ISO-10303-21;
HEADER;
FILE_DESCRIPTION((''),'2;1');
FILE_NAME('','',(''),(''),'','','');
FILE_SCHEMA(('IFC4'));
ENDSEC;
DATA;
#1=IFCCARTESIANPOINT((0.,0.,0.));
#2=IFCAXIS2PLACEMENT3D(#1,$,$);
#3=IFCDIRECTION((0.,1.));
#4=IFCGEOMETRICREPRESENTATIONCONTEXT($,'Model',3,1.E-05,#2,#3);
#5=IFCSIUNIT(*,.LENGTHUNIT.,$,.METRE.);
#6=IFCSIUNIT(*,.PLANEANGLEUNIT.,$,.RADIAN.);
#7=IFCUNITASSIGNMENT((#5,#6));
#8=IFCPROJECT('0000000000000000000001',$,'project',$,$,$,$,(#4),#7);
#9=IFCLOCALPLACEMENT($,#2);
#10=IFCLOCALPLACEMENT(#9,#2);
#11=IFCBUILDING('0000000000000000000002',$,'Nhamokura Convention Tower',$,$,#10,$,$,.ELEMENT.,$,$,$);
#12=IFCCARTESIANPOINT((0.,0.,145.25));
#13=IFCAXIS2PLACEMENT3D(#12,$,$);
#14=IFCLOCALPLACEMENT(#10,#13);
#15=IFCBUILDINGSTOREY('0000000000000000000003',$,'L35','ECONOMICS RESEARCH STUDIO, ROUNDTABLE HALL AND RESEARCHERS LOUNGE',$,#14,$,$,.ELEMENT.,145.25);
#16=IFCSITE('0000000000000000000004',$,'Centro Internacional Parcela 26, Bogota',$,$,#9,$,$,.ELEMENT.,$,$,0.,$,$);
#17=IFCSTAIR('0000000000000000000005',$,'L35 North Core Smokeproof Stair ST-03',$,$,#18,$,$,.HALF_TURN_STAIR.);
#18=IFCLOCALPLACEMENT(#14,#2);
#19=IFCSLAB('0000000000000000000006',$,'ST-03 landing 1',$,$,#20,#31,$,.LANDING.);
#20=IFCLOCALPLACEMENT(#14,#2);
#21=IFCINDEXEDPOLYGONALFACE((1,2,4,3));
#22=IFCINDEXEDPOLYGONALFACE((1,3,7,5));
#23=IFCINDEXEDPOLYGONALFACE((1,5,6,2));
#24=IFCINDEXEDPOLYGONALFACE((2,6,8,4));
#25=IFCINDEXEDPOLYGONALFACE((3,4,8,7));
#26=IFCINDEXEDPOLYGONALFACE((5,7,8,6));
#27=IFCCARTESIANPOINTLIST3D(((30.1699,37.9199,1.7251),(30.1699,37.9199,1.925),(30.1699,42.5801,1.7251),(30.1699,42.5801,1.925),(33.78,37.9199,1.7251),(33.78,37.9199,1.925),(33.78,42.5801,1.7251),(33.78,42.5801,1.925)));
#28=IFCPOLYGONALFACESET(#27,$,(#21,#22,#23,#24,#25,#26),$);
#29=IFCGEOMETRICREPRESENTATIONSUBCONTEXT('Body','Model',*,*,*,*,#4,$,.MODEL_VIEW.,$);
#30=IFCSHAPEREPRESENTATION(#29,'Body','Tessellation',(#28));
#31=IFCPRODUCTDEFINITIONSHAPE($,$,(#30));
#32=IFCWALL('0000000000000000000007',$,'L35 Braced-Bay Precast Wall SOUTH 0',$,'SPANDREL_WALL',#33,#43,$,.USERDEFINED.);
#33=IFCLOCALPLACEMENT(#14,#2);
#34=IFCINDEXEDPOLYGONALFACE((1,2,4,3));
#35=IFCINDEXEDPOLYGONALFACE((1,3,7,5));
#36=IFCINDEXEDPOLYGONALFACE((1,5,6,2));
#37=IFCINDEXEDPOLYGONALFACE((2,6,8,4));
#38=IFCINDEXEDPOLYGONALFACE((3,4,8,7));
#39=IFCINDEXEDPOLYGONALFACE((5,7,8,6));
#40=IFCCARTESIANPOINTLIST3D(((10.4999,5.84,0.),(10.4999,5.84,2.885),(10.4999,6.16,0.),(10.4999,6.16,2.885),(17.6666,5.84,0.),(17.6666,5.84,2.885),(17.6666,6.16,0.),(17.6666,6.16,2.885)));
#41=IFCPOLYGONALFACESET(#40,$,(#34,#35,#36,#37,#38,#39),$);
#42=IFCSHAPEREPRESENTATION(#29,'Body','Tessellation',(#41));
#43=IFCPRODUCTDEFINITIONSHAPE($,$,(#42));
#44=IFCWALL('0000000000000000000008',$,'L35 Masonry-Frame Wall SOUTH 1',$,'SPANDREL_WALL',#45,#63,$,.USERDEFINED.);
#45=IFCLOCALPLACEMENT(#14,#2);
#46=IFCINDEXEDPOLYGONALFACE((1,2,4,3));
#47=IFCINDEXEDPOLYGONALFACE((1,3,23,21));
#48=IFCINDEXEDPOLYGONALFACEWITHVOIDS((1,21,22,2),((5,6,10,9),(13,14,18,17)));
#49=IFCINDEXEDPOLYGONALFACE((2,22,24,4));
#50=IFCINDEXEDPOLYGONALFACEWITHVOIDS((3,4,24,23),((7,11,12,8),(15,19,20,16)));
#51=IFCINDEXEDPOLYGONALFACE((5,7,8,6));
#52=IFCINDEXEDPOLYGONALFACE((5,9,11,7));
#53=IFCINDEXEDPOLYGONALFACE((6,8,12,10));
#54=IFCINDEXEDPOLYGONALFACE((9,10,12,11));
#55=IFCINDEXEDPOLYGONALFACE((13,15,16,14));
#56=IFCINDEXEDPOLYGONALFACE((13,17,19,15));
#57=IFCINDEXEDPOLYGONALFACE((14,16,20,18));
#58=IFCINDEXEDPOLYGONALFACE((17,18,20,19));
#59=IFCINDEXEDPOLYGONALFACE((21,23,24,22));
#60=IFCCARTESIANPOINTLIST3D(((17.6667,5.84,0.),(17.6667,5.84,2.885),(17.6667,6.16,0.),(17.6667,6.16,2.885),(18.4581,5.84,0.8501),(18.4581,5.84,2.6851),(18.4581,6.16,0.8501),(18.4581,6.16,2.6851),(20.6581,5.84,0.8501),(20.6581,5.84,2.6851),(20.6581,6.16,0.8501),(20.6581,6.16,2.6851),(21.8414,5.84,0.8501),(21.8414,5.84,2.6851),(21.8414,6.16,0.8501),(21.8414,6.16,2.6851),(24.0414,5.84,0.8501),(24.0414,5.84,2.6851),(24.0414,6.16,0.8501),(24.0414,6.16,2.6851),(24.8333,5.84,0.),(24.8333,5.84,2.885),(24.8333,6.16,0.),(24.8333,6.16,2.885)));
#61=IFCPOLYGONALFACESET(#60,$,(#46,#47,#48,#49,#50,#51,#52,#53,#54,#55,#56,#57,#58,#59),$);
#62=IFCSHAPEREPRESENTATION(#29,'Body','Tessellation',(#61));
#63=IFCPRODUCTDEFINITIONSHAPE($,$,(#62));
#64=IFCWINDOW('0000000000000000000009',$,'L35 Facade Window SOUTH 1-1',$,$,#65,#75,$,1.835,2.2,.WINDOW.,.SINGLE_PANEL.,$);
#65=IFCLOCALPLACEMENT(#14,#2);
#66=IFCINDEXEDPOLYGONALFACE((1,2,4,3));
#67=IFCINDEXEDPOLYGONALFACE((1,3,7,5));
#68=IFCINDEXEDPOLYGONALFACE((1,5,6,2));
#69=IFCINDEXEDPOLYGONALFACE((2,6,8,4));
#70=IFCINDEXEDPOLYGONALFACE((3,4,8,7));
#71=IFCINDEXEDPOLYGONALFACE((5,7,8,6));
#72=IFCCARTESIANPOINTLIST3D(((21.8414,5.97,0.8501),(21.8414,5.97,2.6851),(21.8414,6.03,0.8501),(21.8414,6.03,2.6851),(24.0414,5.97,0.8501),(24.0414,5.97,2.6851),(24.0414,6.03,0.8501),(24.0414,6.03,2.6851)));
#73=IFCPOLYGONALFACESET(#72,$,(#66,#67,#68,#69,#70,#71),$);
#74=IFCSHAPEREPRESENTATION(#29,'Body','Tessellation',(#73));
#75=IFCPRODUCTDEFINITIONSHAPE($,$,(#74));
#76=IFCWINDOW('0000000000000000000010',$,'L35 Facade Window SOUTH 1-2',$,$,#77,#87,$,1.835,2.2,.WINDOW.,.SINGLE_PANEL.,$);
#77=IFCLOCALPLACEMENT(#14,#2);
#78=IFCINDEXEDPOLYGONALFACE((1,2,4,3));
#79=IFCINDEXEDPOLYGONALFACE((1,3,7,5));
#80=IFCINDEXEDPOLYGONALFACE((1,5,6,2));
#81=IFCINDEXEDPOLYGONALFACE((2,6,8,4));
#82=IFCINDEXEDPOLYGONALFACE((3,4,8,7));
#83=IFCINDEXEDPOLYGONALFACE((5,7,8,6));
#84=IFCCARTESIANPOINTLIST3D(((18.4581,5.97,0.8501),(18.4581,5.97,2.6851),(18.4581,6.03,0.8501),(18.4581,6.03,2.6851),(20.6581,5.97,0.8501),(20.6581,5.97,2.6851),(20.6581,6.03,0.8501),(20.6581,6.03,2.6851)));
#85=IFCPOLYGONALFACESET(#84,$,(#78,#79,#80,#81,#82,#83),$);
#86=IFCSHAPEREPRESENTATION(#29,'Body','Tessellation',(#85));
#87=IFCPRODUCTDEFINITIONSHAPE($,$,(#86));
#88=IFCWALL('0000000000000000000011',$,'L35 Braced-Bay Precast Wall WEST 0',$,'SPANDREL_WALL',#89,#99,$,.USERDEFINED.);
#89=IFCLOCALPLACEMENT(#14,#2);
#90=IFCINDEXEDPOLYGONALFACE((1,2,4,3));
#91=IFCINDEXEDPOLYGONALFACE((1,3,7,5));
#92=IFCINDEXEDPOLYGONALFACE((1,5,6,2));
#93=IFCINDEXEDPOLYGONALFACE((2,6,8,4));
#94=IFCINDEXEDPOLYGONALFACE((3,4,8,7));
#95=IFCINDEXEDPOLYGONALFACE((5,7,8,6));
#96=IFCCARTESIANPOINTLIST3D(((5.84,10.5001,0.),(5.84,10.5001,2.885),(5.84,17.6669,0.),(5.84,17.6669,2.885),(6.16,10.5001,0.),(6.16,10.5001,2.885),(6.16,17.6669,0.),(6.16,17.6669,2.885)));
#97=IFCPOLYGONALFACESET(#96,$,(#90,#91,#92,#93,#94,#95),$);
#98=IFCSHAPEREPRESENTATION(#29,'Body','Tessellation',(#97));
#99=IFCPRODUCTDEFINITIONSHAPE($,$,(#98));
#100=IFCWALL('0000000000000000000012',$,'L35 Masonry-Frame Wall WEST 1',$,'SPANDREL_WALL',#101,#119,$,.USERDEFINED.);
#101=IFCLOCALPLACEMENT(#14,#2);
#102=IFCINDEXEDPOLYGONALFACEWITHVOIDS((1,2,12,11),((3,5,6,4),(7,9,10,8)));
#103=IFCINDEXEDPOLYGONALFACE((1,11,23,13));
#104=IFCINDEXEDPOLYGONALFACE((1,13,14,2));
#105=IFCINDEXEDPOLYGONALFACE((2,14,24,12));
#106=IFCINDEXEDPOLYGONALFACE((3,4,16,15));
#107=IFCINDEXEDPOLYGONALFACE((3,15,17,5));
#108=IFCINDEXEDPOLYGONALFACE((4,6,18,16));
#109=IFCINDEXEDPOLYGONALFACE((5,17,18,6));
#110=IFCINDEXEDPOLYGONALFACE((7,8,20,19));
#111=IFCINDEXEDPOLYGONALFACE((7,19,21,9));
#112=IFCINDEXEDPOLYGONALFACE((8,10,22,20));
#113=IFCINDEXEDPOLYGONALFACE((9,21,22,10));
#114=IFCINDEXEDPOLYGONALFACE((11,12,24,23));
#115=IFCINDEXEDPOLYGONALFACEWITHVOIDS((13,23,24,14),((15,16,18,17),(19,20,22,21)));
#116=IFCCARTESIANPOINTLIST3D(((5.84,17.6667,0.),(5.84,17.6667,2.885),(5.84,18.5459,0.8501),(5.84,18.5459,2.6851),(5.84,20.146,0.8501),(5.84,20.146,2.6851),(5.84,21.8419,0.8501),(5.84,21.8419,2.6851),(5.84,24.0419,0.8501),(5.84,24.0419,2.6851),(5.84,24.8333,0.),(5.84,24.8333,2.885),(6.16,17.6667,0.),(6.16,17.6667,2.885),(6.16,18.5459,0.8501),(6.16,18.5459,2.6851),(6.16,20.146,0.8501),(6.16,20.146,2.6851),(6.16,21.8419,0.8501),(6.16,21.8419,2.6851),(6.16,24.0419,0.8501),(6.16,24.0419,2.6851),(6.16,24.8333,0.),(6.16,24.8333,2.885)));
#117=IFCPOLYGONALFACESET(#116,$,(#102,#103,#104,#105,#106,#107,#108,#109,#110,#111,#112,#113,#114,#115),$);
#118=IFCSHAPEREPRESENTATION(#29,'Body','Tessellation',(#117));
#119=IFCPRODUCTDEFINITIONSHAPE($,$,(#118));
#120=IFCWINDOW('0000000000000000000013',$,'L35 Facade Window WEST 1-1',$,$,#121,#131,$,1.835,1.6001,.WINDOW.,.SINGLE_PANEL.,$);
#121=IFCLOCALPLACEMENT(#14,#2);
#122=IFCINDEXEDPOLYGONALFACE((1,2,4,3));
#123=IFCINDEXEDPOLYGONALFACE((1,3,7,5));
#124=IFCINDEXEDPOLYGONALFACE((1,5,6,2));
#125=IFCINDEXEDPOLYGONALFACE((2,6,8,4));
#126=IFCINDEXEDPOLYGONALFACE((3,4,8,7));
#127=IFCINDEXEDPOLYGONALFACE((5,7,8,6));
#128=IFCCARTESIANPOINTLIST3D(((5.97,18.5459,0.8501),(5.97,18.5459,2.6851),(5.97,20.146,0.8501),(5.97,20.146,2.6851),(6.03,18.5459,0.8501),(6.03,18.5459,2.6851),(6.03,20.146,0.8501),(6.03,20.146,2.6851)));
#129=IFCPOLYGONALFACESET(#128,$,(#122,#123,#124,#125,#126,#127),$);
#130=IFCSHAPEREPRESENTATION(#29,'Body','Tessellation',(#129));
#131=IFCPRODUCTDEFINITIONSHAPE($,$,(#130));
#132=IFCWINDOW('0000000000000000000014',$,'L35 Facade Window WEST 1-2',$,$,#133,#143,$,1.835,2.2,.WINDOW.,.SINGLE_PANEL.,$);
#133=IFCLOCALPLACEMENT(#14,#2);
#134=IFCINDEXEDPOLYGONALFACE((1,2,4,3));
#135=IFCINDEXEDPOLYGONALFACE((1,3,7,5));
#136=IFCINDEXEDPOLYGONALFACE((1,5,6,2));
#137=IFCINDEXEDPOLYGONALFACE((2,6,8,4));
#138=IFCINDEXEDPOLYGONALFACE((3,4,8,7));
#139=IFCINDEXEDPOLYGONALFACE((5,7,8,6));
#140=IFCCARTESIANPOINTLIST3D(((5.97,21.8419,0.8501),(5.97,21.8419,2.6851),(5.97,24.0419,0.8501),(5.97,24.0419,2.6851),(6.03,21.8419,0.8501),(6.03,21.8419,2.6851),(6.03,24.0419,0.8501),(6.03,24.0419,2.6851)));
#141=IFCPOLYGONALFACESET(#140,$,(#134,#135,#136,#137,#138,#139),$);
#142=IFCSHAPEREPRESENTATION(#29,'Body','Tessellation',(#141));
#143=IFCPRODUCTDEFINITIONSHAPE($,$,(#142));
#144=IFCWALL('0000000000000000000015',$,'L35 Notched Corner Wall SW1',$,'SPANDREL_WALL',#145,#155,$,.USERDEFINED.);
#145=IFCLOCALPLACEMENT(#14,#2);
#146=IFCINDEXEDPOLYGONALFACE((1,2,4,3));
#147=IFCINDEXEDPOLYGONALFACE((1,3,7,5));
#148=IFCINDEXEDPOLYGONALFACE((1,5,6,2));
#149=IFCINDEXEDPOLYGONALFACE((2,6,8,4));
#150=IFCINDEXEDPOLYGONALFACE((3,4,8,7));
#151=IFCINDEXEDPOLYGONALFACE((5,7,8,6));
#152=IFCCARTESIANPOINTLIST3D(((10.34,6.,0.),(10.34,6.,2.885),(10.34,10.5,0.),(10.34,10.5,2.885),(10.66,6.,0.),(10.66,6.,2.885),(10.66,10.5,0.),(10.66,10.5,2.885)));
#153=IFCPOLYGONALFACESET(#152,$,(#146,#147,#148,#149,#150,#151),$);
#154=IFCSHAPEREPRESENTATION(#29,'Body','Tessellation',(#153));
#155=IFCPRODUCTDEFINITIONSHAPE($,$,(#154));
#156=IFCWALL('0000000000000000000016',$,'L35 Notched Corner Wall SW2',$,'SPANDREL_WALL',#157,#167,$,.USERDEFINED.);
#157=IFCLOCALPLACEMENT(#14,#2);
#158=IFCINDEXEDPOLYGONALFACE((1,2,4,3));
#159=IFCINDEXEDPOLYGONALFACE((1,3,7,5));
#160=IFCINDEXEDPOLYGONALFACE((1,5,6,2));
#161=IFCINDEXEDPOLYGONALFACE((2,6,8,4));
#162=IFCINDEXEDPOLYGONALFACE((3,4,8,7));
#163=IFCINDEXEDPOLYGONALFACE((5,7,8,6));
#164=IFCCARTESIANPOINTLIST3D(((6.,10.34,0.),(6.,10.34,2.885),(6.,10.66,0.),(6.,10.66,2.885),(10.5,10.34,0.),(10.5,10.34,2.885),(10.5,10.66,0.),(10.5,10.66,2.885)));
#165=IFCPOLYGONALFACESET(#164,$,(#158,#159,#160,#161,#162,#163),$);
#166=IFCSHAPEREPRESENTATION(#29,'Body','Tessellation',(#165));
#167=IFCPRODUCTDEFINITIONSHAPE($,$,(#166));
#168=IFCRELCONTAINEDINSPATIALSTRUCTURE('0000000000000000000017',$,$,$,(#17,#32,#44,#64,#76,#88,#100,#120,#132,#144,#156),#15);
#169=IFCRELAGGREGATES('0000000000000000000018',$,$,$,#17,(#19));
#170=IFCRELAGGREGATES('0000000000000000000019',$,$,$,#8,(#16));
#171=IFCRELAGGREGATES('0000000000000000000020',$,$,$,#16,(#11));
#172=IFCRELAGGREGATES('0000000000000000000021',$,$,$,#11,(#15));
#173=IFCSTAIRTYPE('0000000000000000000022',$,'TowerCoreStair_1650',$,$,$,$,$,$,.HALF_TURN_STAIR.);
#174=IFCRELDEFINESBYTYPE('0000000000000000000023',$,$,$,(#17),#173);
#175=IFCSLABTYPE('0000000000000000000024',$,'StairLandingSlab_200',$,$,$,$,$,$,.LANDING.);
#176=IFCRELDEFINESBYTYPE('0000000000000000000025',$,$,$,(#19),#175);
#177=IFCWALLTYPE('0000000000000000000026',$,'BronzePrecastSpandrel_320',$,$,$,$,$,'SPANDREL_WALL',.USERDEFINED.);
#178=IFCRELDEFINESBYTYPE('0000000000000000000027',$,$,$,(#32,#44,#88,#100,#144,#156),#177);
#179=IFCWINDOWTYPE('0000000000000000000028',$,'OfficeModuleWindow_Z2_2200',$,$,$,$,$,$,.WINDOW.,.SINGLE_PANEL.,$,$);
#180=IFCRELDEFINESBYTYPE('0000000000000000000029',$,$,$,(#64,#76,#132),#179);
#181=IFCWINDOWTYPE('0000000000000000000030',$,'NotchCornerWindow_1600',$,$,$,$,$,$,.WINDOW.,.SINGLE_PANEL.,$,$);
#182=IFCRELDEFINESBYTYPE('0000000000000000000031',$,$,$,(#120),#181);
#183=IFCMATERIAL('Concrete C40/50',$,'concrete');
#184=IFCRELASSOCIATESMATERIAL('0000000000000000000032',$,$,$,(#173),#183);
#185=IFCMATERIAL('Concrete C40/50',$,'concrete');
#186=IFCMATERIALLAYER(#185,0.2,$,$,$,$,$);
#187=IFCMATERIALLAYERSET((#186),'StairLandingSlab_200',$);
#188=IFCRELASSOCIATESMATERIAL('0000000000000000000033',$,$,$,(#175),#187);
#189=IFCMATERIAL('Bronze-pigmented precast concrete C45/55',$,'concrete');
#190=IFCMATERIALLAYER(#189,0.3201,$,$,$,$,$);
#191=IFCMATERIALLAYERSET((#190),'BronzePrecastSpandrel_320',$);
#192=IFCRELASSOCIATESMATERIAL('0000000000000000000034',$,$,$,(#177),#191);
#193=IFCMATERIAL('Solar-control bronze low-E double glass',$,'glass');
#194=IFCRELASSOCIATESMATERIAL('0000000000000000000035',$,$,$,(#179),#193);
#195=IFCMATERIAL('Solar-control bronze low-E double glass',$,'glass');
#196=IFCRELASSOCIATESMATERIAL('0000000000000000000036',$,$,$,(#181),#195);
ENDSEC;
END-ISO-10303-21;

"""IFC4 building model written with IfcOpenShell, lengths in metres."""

from ifc_helpers import new_model, si_unit, direction, frame, frame_2d, origin, place, context, subcontext, project, spatial, polyline, rectangle, outline, extrude, material, layer, layer_set, type_object, element, fill, aggregate, save


model = new_model("IFC4")

# Units and contexts
model_context = context("Model", 3, precision=1e-05, world=origin(), true_north=direction((0.0, 1.0)))
body_context = subcontext(model_context, "Body", "Model", "MODEL_VIEW")
ifc_project = project(units=[si_unit("LENGTHUNIT", "METRE"), si_unit("PLANEANGLEUNIT", "RADIAN")], contexts=[model_context])

# Site, building, storey
site_placement = place(None, origin())
site = spatial("IfcSite", under=ifc_project, at=site_placement, Name="Centro Internacional Parcela 26, Bogota", CompositionType="ELEMENT", RefElevation=0.0)
building_placement = place(site_placement, origin())
building = spatial("IfcBuilding", under=site, at=building_placement, Name="Nhamokura Convention Tower", CompositionType="ELEMENT")
storey_placement = place(building_placement, frame((0.0, 0.0, 145.25)))
storey = spatial("IfcBuildingStorey", under=building, at=storey_placement, Name="L35", Description="ECONOMICS RESEARCH STUDIO, ROUNDTABLE HALL AND RESEARCHERS LOUNGE", CompositionType="ELEMENT", Elevation=145.25)

# Stair, slab
ifc_material_1 = material(Name="Concrete C40/50", Category="concrete")
stair_type = type_object("IfcStairType", Name="TowerCoreStair_1650", PredefinedType="HALF_TURN_STAIR", material=ifc_material_1)
ifc_material_2 = material(Name="Concrete C40/50", Category="concrete")
ifc_layer_1 = layer(ifc_material_2, 0.2)
ifc_layer_set_1 = layer_set([ifc_layer_1], Name="StairLandingSlab_200")
slab_type_1 = type_object("IfcSlabType", Name="StairLandingSlab_200", PredefinedType="LANDING", material=ifc_layer_set_1)
stair_1_placement = place(storey_placement, origin())
stair_1 = element("IfcStair", 1, at=stair_1_placement, inside=storey, type_object=stair_type, Name="L35 North Core Smokeproof Stair ST-03", PredefinedType="HALF_TURN_STAIR")
slab_1_placement = place(storey_placement, frame((0.0, 0.0, 1.7251)))
slab_1 = element("IfcSlab", 2, at=slab_1_placement, type_object=slab_type_1, Name="ST-03 landing 1", PredefinedType="LANDING", context=body_context, shape_type="SweptSolid", body=[
    extrude(outline(polyline([(33.78, 37.9199), (33.78, 42.5801), (30.1699, 42.5801), (30.1699, 37.9199), (33.78, 37.9199)])), origin(), (0.0, 0.0, 1.0), 0.2),
])
aggregate(stair_1, [slab_1])

# Wall
ifc_material_3 = material(Name="Bronze-pigmented precast concrete C45/55", Category="concrete")
ifc_layer_2 = layer(ifc_material_3, 0.3201)
ifc_layer_set_2 = layer_set([ifc_layer_2], Name="BronzePrecastSpandrel_320")
wall_type = type_object("IfcWallType", Name="BronzePrecastSpandrel_320", ElementType="SPANDREL_WALL", PredefinedType="USERDEFINED", material=ifc_layer_set_2)
wall_1_placement = place(storey_placement, frame((17.6667, 6.0, 0.0), z_axis=(0.0, 0.0, 1.0), x_axis=(-1.0, 0.0, 0.0)))
element("IfcWall", 3, at=wall_1_placement, inside=storey, type_object=wall_type, Name="L35 Braced-Bay Precast Wall SOUTH 0", ObjectType="SPANDREL_WALL", PredefinedType="USERDEFINED", context=body_context, shape_type="SweptSolid", body=[
    extrude(rectangle(XDim=7.1667, YDim=0.3201, at=frame_2d((3.5835, 0.0))), origin(), (0.0, 0.0, 1.0), 2.885),
])

# Wall, openings, windows
wall_2_placement = place(storey_placement, frame((24.8333, 6.0, 0.0), z_axis=(0.0, 0.0, 1.0), x_axis=(-1.0, 0.0, 0.0)))
wall_2 = element("IfcWall", 4, at=wall_2_placement, inside=storey, type_object=wall_type, Name="L35 Masonry-Frame Wall SOUTH 1", ObjectType="SPANDREL_WALL", PredefinedType="USERDEFINED", context=body_context, shape_type="SweptSolid", body=[
    extrude(rectangle(XDim=7.1665, YDim=0.3201, at=frame_2d((3.5833, 0.0))), origin(), (0.0, 0.0, 1.0), 2.885),
])
opening_1_placement = place(wall_2_placement, frame((0.7917, 0.0, 0.8501)))
opening_1 = element("IfcOpeningElement", 5, at=opening_1_placement, cuts=wall_2, PredefinedType="OPENING", context=body_context, shape_type="SweptSolid", body=[
    extrude(rectangle(XDim=2.2, YDim=1.835, at=frame_2d((1.1001, 0.9175))), frame((0.0, 0.1699, 0.0), z_axis=(0.0, -1.0, 0.0), x_axis=(1.0, 0.0, 0.0)), (0.0, 0.0, 1.0), 0.3401),
])
opening_2_placement = place(wall_2_placement, frame((4.175, 0.0, 0.8501)))
opening_2 = element("IfcOpeningElement", 6, at=opening_2_placement, cuts=wall_2, PredefinedType="OPENING", context=body_context, shape_type="SweptSolid", body=[
    extrude(rectangle(XDim=2.2, YDim=1.835, at=frame_2d((1.1001, 0.9175))), frame((0.0, 0.1699, 0.0), z_axis=(0.0, -1.0, 0.0), x_axis=(1.0, 0.0, 0.0)), (0.0, 0.0, 1.0), 0.3401),
])
ifc_material_4 = material(Name="Solar-control bronze low-E double glass", Category="glass")
window_type_1 = type_object("IfcWindowType", Name="OfficeModuleWindow_Z2_2200", PartitioningType="SINGLE_PANEL", PredefinedType="WINDOW", material=ifc_material_4)
window_1_placement = place(opening_1_placement, origin())
window_1 = element("IfcWindow", 7, at=window_1_placement, inside=storey, type_object=window_type_1, Name="L35 Facade Window SOUTH 1-1", OverallHeight=1.835, OverallWidth=2.2, PartitioningType="SINGLE_PANEL", PredefinedType="WINDOW", context=body_context, shape_type="SweptSolid", body=[
    extrude(rectangle(XDim=2.2, YDim=1.835, at=frame_2d((1.1001, 0.9175))), frame((0.0, 0.03, 0.0), z_axis=(0.0, -1.0, 0.0), x_axis=(1.0, 0.0, 0.0)), (0.0, 0.0, 1.0), 0.0601),
])
fill(opening_1, window_1)
window_2_placement = place(opening_2_placement, origin())
window_2 = element("IfcWindow", 8, at=window_2_placement, inside=storey, type_object=window_type_1, Name="L35 Facade Window SOUTH 1-2", OverallHeight=1.835, OverallWidth=2.2, PartitioningType="SINGLE_PANEL", PredefinedType="WINDOW", context=body_context, shape_type="SweptSolid", body=[
    extrude(rectangle(XDim=2.2, YDim=1.835, at=frame_2d((1.1001, 0.9175))), frame((0.0, 0.03, 0.0), z_axis=(0.0, -1.0, 0.0), x_axis=(1.0, 0.0, 0.0)), (0.0, 0.0, 1.0), 0.0601),
])
fill(opening_2, window_2)

# Wall
wall_3_placement = place(storey_placement, frame((6.0, 10.5, 0.0), z_axis=(0.0, 0.0, 1.0), x_axis=(0.0, 1.0, 0.0)))
element("IfcWall", 9, at=wall_3_placement, inside=storey, type_object=wall_type, Name="L35 Braced-Bay Precast Wall WEST 0", ObjectType="SPANDREL_WALL", PredefinedType="USERDEFINED", context=body_context, shape_type="SweptSolid", body=[
    extrude(rectangle(XDim=7.1667, YDim=0.3201, at=frame_2d((3.5835, 0.0))), origin(), (0.0, 0.0, 1.0), 2.885),
])

# Wall, openings, windows
wall_4_placement = place(storey_placement, frame((6.0, 17.6667, 0.0), z_axis=(0.0, 0.0, 1.0), x_axis=(0.0, 1.0, 0.0)))
wall_4 = element("IfcWall", 10, at=wall_4_placement, inside=storey, type_object=wall_type, Name="L35 Masonry-Frame Wall WEST 1", ObjectType="SPANDREL_WALL", PredefinedType="USERDEFINED", context=body_context, shape_type="SweptSolid", body=[
    extrude(rectangle(XDim=7.1665, YDim=0.3201, at=frame_2d((3.5833, 0.0))), origin(), (0.0, 0.0, 1.0), 2.885),
])
opening_3_placement = place(wall_4_placement, frame((0.8792, 0.0, 0.8501)))
opening_3 = element("IfcOpeningElement", 11, at=opening_3_placement, cuts=wall_4, PredefinedType="OPENING", context=body_context, shape_type="SweptSolid", body=[
    extrude(rectangle(XDim=1.6001, YDim=1.835, at=frame_2d((0.8, 0.9175))), frame((0.0, 0.1699, 0.0), z_axis=(0.0, -1.0, 0.0), x_axis=(1.0, 0.0, 0.0)), (0.0, 0.0, 1.0), 0.3401),
])
opening_4_placement = place(wall_4_placement, frame((4.175, 0.0, 0.8501)))
opening_4 = element("IfcOpeningElement", 12, at=opening_4_placement, cuts=wall_4, PredefinedType="OPENING", context=body_context, shape_type="SweptSolid", body=[
    extrude(rectangle(XDim=2.2, YDim=1.835, at=frame_2d((1.1001, 0.9175))), frame((0.0, 0.1699, 0.0), z_axis=(0.0, -1.0, 0.0), x_axis=(1.0, 0.0, 0.0)), (0.0, 0.0, 1.0), 0.3401),
])
ifc_material_5 = material(Name="Solar-control bronze low-E double glass", Category="glass")
window_type_2 = type_object("IfcWindowType", Name="NotchCornerWindow_1600", PartitioningType="SINGLE_PANEL", PredefinedType="WINDOW", material=ifc_material_5)
window_3_placement = place(opening_3_placement, origin())
window_3 = element("IfcWindow", 13, at=window_3_placement, inside=storey, type_object=window_type_2, Name="L35 Facade Window WEST 1-1", OverallHeight=1.835, OverallWidth=1.6001, PartitioningType="SINGLE_PANEL", PredefinedType="WINDOW", context=body_context, shape_type="SweptSolid", body=[
    extrude(rectangle(XDim=1.6001, YDim=1.835, at=frame_2d((0.8, 0.9175))), frame((0.0, 0.03, 0.0), z_axis=(0.0, -1.0, 0.0), x_axis=(1.0, 0.0, 0.0)), (0.0, 0.0, 1.0), 0.0601),
])
fill(opening_3, window_3)
window_4_placement = place(opening_4_placement, origin())
window_4 = element("IfcWindow", 14, at=window_4_placement, inside=storey, type_object=window_type_1, Name="L35 Facade Window WEST 1-2", OverallHeight=1.835, OverallWidth=2.2, PartitioningType="SINGLE_PANEL", PredefinedType="WINDOW", context=body_context, shape_type="SweptSolid", body=[
    extrude(rectangle(XDim=2.2, YDim=1.835, at=frame_2d((1.1001, 0.9175))), frame((0.0, 0.03, 0.0), z_axis=(0.0, -1.0, 0.0), x_axis=(1.0, 0.0, 0.0)), (0.0, 0.0, 1.0), 0.0601),
])
fill(opening_4, window_4)

# Walls
for number, where, z_axis, x_axis, name in (
    (15, (10.5, 6.0, 0.0), (0.0, 0.0, 1.0), (0.0, 1.0, 0.0), "L35 Notched Corner Wall SW1"),
    (16, (10.5, 10.5, 0.0), (0.0, 0.0, 1.0), (-1.0, 0.0, 0.0), "L35 Notched Corner Wall SW2"),
):
    element("IfcWall", number, at=place(storey_placement, frame(where, z_axis=z_axis, x_axis=x_axis)), inside=storey, type_object=wall_type, Name=name, ObjectType="SPANDREL_WALL", PredefinedType="USERDEFINED", context=body_context, shape_type="SweptSolid", body=[
        extrude(rectangle(XDim=4.5, YDim=0.3201, at=frame_2d((2.25, 0.0))), origin(), (0.0, 0.0, 1.0), 2.885),
    ])

save(model, "model.ifc")
